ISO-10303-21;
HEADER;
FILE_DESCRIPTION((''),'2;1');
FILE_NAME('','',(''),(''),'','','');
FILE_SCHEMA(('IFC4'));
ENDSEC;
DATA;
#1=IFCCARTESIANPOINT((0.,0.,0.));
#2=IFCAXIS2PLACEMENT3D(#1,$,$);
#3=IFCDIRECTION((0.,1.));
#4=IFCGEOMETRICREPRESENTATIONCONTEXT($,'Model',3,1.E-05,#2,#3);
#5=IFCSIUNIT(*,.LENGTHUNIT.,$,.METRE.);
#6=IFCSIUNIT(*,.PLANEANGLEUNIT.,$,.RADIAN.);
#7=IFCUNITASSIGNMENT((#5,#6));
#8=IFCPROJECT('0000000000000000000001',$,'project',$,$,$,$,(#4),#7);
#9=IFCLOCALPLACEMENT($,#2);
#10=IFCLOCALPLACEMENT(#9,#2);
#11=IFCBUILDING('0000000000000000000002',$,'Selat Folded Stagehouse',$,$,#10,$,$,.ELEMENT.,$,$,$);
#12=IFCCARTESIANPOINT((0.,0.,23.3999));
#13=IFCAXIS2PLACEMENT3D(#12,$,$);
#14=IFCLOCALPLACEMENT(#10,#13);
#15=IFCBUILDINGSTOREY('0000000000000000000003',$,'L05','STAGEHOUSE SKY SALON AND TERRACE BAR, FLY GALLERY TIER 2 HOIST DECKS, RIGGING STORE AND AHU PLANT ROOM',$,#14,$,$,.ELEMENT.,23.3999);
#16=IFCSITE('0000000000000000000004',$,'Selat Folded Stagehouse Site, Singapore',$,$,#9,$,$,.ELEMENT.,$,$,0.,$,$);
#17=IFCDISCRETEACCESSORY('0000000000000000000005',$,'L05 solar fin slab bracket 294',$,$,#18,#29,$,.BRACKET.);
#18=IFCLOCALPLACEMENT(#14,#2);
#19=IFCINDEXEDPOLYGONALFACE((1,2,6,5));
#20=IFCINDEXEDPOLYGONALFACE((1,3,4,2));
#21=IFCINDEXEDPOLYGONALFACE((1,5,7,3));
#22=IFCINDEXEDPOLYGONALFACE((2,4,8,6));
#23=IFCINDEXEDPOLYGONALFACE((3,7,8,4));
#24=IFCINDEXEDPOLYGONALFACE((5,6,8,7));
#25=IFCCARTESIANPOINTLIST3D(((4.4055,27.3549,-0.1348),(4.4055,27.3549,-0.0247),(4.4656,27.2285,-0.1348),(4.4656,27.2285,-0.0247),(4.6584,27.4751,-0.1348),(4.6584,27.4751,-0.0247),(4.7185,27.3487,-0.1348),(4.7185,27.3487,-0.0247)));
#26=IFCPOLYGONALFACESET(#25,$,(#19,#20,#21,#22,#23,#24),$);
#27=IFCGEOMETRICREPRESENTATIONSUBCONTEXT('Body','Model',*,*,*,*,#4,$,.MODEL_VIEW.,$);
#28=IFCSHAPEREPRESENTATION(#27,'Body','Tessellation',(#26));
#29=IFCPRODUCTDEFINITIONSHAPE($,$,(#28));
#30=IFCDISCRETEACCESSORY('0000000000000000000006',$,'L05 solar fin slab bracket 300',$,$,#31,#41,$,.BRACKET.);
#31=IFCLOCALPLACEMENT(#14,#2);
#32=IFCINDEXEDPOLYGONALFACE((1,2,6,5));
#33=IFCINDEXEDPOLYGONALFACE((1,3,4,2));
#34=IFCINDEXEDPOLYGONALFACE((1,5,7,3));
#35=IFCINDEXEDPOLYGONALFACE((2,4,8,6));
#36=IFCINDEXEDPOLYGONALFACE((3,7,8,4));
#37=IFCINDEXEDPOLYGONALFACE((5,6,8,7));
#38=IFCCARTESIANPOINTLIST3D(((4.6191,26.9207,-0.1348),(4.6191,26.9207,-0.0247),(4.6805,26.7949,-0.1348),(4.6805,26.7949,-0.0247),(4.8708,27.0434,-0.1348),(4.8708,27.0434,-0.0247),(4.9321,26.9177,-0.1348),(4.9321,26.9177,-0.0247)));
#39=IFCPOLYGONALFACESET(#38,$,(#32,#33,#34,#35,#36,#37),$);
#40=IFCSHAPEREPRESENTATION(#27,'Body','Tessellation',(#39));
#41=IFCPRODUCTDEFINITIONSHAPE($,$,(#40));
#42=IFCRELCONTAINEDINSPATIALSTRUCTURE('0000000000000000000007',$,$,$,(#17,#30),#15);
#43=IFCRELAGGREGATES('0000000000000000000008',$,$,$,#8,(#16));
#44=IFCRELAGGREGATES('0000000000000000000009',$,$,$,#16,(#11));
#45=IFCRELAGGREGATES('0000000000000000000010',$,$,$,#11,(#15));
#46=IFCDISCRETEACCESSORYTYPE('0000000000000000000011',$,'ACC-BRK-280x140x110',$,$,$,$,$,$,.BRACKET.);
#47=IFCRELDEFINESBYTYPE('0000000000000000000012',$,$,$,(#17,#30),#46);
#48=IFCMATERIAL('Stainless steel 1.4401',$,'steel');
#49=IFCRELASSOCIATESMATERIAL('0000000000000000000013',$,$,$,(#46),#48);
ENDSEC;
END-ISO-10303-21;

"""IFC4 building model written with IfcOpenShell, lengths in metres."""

from ifc_helpers import new_model, si_unit, direction, frame, origin, origin_2d, place, context, subcontext, project, spatial, rectangle, extrude, material, type_object, element, save


model = new_model("IFC4")

# Units and contexts
model_context = context("Model", 3, precision=1e-05, world=origin(), true_north=direction((0.0, 1.0)))
body_context = subcontext(model_context, "Body", "Model", "MODEL_VIEW")
ifc_project = project(units=[si_unit("LENGTHUNIT", "METRE"), si_unit("PLANEANGLEUNIT", "RADIAN")], contexts=[model_context])

# Site, building, storey
site_placement = place(None, origin())
site = spatial("IfcSite", under=ifc_project, at=site_placement, Name="Selat Folded Stagehouse Site, Singapore", CompositionType="ELEMENT", RefElevation=0.0)
building_placement = place(site_placement, origin())
building = spatial("IfcBuilding", under=site, at=building_placement, Name="Selat Folded Stagehouse", CompositionType="ELEMENT")
storey_placement = place(building_placement, frame((0.0, 0.0, 23.3999)))
storey = spatial("IfcBuildingStorey", under=building, at=storey_placement, Name="L05", Description="STAGEHOUSE SKY SALON AND TERRACE BAR, FLY GALLERY TIER 2 HOIST DECKS, RIGGING STORE AND AHU PLANT ROOM", CompositionType="ELEMENT", Elevation=23.3999)

# Discrete accessories
ifc_material_1 = material(Name="Stainless steel 1.4401", Category="steel")
discrete_accessory_type = type_object("IfcDiscreteAccessoryType", Name="ACC-BRK-280x140x110", PredefinedType="BRACKET", material=ifc_material_1)
for number, where, z_axis, x_axis, name in (
    (1, (4.562, 27.3518, -0.1348), (0.0, 0.0, 1.0), (-0.903186, -0.42925, 0.0), "L05 solar fin slab bracket 294"),
    (2, (4.7756, 26.9192, -0.1348), (0.0, 0.0, 1.0), (-0.898794, -0.438371, 0.0), "L05 solar fin slab bracket 300"),
):
    element("IfcDiscreteAccessory", number, at=place(storey_placement, frame(where, z_axis=z_axis, x_axis=x_axis)), inside=storey, type_object=discrete_accessory_type, Name=name, PredefinedType="BRACKET", context=body_context, shape_type="SweptSolid", body=[
        extrude(rectangle(XDim=0.28, YDim=0.1399, at=origin_2d()), origin(), (0.0, 0.0, 1.0), 0.1101),
    ])

save(model, "model.ifc")
